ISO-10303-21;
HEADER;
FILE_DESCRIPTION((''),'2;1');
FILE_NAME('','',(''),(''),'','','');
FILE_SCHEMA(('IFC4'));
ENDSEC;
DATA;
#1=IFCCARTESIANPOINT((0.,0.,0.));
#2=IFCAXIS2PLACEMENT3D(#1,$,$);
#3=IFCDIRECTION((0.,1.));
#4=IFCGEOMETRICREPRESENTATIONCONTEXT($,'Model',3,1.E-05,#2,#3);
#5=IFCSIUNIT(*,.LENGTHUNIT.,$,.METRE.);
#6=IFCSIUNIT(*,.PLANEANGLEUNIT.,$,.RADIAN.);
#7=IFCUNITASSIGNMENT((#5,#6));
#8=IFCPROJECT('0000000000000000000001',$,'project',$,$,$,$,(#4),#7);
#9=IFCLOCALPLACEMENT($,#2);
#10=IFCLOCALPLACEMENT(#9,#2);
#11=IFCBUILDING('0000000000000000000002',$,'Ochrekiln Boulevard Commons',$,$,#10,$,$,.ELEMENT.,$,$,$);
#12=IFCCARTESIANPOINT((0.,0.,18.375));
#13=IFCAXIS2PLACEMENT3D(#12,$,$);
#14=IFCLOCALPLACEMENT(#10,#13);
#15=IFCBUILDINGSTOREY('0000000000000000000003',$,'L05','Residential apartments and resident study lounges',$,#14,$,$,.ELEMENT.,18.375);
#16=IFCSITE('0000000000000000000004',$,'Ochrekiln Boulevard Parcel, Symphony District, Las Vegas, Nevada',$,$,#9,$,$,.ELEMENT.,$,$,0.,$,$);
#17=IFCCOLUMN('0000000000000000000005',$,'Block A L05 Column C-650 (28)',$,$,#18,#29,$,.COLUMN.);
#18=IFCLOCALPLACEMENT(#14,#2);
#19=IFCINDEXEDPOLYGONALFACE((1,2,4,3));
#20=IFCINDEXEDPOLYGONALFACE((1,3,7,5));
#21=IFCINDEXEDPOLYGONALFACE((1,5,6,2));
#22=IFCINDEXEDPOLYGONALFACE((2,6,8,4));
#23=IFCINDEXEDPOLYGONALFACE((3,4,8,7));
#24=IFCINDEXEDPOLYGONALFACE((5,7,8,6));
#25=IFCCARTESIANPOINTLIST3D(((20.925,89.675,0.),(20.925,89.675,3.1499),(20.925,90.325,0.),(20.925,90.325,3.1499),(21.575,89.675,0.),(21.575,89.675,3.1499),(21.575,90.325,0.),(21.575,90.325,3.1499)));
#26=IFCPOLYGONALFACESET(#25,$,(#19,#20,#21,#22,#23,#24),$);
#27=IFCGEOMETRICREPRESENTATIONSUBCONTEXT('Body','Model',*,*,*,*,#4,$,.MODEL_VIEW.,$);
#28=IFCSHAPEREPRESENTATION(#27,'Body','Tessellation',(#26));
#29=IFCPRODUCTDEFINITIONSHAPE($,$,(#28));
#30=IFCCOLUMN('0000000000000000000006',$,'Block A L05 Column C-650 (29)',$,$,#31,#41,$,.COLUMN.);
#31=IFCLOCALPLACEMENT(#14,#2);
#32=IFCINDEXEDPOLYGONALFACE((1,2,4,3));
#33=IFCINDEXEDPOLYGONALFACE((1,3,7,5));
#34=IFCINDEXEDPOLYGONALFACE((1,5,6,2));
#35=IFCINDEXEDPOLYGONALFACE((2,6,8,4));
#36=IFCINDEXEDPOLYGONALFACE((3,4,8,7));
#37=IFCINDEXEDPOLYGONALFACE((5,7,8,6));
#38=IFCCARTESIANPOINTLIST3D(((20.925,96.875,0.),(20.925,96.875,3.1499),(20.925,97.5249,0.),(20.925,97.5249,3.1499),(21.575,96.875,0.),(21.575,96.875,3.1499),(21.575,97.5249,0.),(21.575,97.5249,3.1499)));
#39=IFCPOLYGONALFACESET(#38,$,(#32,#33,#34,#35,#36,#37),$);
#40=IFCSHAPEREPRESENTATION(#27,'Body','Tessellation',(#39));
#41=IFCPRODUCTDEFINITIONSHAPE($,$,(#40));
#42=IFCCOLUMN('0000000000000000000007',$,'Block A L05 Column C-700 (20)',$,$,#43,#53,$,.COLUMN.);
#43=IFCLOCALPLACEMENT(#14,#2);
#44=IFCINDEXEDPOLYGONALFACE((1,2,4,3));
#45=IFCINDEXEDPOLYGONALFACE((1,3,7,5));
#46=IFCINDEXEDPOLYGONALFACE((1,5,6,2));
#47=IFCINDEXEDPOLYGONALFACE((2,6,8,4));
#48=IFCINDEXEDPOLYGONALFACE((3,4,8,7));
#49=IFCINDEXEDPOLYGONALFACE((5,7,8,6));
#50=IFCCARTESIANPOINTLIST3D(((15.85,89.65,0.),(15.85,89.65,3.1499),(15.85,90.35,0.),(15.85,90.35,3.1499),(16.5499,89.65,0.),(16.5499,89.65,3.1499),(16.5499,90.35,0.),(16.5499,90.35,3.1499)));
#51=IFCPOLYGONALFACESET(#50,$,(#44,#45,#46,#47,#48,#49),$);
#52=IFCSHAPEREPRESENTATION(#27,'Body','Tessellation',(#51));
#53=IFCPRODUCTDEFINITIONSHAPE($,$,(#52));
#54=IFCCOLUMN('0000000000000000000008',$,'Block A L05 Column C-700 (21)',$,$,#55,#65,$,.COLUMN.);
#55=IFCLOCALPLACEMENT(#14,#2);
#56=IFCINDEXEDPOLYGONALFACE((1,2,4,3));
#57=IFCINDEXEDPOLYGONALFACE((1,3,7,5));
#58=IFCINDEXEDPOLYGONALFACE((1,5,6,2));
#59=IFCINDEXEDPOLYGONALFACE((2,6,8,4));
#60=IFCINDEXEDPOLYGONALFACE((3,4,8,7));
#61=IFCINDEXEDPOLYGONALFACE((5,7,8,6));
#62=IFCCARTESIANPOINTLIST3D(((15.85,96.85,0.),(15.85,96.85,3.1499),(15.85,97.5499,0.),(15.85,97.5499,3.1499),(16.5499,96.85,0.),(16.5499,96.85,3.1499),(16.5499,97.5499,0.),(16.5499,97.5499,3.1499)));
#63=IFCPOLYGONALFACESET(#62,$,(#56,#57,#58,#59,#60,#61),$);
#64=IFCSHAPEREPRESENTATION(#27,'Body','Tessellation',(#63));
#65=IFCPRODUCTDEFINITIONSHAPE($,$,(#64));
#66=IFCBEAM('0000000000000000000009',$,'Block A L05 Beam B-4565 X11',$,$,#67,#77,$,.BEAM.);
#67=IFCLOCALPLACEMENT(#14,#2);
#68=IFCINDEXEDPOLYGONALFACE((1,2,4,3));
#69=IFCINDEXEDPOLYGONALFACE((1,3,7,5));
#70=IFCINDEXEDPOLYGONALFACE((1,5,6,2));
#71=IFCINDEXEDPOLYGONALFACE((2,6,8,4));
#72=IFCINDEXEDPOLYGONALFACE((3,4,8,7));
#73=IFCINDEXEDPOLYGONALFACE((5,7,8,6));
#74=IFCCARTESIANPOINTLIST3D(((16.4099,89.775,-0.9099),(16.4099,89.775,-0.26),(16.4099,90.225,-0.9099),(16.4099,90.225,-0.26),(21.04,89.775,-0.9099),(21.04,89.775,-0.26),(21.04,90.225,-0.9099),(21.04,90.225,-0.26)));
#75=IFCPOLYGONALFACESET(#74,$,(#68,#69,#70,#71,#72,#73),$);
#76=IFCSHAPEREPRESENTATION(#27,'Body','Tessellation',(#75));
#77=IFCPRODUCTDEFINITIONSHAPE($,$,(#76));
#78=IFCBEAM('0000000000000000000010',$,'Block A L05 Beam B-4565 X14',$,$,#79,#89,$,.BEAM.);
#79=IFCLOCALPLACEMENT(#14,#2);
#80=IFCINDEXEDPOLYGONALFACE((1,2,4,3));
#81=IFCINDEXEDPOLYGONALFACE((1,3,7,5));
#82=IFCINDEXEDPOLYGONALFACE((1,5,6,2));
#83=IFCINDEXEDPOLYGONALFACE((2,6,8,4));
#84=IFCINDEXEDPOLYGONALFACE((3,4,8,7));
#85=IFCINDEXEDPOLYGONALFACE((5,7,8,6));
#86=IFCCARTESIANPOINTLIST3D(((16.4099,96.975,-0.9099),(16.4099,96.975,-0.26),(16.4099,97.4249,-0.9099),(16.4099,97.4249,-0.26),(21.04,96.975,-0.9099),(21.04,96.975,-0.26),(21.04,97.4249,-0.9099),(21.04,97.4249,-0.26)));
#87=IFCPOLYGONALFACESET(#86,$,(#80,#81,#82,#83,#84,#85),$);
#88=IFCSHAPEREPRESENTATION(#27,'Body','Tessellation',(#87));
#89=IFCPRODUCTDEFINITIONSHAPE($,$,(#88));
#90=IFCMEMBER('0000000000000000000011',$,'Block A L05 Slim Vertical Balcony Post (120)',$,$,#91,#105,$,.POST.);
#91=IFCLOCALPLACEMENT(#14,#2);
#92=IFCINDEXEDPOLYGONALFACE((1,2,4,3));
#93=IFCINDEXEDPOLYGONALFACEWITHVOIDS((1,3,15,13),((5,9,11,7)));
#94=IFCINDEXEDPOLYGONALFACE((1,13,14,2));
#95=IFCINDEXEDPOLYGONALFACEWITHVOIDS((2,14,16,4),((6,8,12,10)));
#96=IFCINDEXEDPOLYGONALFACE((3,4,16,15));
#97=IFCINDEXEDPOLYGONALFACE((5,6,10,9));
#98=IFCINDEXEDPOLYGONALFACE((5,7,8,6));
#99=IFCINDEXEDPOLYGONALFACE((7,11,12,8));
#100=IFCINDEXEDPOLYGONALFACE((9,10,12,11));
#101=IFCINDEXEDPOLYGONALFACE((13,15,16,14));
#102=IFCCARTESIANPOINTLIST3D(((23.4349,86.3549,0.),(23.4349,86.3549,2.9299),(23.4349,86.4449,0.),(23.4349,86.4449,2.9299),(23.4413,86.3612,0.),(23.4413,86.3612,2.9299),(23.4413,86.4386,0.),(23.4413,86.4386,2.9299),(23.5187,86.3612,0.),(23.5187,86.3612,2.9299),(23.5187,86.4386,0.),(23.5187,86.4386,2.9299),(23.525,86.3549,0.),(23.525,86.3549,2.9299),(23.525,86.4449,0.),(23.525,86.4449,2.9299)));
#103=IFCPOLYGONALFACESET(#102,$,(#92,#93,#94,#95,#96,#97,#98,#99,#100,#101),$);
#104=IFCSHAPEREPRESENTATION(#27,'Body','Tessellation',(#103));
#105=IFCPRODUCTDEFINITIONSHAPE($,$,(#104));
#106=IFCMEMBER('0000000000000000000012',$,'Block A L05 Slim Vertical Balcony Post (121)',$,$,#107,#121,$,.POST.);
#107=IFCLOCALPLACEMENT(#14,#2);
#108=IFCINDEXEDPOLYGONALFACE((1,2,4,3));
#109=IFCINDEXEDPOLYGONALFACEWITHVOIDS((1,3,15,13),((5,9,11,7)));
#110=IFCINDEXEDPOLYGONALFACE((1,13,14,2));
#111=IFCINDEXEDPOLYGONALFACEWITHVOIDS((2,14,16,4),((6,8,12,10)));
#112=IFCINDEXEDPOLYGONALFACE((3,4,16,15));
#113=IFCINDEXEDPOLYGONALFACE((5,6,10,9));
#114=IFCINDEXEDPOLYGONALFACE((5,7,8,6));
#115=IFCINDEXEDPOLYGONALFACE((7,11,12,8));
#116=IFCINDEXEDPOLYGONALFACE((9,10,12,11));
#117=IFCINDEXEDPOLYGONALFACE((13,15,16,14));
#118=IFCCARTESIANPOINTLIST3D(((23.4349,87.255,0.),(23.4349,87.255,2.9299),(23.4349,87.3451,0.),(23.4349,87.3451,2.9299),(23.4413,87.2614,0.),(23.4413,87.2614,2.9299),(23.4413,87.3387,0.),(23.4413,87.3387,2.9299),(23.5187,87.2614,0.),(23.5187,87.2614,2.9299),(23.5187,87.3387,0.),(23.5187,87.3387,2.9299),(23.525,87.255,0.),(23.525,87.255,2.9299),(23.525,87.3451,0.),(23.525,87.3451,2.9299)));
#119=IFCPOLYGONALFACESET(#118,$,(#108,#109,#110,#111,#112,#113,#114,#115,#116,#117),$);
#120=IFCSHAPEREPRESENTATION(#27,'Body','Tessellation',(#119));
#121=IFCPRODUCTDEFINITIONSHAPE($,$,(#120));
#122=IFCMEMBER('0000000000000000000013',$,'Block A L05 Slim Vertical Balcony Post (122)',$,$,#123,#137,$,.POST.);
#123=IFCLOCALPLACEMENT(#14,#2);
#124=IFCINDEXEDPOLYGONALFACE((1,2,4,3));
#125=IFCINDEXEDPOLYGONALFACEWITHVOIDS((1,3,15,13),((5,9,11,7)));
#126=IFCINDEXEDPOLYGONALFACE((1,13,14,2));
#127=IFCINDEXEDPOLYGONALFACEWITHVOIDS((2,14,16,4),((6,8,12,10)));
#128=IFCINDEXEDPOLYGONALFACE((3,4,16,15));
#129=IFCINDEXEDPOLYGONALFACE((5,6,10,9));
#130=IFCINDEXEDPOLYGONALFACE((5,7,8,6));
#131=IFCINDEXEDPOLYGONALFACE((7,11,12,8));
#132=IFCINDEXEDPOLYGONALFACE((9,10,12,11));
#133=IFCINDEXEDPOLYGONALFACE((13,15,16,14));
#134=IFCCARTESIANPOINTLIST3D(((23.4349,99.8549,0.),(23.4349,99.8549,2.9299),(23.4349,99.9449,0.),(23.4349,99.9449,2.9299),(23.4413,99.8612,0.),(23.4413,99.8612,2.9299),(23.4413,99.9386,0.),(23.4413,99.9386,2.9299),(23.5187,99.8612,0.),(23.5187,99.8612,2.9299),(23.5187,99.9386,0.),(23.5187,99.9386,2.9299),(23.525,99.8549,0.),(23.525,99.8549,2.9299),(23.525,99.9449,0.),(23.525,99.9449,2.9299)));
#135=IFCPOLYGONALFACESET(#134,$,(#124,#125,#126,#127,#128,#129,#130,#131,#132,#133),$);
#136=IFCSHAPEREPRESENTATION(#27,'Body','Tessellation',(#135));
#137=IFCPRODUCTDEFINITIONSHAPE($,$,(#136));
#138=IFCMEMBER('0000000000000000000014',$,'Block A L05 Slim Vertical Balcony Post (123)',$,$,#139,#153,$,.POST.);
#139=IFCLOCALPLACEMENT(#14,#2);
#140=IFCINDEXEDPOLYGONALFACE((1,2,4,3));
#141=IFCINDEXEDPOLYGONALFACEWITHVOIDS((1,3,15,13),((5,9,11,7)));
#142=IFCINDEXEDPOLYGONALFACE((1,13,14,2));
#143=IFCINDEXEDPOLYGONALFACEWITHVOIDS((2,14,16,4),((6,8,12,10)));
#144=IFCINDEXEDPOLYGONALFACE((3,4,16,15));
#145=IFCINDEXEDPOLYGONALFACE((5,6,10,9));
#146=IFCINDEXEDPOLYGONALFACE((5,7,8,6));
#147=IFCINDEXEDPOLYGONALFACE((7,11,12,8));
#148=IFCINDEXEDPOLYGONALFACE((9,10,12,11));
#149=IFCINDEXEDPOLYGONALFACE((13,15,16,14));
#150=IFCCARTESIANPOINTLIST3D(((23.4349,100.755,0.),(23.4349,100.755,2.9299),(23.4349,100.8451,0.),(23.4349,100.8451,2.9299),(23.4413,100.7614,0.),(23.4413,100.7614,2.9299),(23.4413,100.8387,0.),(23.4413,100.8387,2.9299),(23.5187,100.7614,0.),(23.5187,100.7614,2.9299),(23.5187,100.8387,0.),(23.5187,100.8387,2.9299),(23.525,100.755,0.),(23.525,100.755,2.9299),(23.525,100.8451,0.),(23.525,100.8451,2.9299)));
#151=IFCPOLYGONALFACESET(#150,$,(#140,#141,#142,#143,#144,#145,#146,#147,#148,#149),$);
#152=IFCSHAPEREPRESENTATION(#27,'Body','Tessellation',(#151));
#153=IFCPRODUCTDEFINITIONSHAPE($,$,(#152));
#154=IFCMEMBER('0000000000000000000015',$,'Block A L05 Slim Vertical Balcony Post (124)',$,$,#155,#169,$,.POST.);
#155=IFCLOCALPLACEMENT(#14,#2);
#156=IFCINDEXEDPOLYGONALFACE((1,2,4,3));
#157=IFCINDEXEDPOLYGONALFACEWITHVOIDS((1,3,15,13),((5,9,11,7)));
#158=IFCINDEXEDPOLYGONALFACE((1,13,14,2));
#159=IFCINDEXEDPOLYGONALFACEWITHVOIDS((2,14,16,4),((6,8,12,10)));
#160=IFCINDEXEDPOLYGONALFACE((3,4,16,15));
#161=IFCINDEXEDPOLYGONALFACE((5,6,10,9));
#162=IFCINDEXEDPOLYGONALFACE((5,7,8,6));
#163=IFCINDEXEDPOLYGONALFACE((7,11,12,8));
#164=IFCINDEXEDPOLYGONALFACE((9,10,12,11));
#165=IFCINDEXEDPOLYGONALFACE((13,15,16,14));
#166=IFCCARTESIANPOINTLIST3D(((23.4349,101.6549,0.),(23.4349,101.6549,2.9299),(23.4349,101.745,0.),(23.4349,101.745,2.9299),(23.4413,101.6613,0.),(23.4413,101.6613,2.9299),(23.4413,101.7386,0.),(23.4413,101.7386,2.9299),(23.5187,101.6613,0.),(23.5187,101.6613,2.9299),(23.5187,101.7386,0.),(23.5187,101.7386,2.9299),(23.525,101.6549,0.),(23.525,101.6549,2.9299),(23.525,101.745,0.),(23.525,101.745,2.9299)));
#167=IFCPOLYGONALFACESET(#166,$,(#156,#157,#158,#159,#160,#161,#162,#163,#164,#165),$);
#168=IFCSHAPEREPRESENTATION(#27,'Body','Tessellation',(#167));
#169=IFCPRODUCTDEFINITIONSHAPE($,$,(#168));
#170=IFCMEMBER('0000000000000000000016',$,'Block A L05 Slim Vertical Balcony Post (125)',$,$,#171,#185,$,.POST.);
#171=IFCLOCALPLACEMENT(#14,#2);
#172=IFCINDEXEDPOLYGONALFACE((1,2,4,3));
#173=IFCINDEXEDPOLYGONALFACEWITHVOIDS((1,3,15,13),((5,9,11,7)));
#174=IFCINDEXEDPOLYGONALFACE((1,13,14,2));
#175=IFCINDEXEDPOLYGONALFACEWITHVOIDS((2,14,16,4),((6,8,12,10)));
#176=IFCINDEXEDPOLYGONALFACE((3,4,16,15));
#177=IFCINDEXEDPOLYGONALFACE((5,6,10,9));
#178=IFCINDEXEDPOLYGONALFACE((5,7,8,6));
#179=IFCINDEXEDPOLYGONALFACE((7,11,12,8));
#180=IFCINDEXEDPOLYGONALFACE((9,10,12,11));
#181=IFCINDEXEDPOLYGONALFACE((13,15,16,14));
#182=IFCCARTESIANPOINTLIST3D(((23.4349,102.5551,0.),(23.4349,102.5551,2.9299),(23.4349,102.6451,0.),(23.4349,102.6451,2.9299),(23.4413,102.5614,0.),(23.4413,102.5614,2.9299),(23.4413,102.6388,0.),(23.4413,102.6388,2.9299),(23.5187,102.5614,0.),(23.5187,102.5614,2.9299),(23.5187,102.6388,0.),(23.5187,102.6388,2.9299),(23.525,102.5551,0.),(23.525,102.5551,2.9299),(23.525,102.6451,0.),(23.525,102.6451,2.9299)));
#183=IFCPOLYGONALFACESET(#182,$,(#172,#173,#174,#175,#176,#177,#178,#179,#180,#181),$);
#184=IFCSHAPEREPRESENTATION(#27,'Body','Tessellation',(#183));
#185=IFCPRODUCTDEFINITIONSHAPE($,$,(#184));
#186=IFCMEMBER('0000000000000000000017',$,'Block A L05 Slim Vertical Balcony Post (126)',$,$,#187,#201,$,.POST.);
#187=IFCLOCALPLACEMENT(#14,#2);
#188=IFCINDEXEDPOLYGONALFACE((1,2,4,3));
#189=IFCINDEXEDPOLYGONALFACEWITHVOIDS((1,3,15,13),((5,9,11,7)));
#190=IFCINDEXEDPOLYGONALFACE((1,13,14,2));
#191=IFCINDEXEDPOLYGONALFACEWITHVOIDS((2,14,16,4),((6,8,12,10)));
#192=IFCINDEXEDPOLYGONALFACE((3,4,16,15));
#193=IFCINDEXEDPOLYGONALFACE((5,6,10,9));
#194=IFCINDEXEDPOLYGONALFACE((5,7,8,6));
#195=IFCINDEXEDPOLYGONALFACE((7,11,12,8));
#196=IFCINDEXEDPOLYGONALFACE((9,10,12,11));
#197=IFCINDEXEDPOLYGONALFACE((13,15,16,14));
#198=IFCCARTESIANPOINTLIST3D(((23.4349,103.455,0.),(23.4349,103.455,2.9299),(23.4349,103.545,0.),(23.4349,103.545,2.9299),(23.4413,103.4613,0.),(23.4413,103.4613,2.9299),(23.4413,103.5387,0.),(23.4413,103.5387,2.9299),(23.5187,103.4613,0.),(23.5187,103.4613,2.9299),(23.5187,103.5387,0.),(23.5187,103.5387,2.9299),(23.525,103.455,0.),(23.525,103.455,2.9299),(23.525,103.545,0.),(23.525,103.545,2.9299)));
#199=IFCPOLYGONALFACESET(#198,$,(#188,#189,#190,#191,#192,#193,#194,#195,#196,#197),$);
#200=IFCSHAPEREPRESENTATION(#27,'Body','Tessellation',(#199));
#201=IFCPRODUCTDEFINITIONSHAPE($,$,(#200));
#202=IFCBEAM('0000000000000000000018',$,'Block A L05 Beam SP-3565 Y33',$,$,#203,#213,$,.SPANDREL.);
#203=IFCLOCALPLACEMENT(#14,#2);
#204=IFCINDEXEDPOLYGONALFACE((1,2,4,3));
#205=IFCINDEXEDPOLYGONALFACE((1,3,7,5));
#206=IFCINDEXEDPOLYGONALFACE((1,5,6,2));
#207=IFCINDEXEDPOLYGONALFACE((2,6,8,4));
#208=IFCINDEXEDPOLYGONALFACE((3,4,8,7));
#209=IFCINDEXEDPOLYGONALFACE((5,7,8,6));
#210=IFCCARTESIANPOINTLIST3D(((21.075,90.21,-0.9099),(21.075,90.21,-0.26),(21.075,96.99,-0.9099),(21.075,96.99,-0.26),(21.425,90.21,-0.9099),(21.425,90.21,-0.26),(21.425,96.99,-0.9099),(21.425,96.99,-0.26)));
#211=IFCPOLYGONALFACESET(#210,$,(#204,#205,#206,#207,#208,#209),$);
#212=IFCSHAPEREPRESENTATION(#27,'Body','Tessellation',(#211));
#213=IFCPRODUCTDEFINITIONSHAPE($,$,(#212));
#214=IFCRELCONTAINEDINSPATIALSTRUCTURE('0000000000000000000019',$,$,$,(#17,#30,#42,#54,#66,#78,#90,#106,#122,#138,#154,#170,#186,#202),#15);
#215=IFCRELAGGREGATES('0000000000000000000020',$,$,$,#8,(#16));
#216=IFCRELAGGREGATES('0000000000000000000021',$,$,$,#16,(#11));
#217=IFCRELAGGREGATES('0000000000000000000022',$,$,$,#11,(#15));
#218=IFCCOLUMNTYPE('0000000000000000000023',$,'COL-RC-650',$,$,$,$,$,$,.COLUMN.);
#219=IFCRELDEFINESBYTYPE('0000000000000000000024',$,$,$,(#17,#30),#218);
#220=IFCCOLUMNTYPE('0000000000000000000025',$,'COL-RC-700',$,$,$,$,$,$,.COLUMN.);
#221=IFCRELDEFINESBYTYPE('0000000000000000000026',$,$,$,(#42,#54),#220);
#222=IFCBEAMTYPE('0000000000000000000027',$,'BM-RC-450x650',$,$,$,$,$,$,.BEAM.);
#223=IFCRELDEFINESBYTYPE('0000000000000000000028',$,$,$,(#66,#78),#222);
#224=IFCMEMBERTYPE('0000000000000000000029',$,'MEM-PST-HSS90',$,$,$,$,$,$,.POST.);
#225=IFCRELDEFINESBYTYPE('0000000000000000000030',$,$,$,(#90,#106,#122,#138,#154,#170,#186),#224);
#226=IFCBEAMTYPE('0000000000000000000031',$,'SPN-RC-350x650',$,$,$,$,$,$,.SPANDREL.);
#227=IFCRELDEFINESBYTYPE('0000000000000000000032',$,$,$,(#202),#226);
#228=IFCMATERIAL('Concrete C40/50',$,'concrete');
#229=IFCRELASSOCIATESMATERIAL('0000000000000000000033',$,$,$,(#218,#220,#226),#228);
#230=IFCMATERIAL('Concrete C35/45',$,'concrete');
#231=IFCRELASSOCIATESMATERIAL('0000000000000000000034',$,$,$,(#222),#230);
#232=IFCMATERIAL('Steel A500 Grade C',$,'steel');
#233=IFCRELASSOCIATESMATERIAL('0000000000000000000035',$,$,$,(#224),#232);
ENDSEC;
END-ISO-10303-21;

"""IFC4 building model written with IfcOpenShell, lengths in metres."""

from ifc_helpers import new_model, si_unit, direction, frame, origin, origin_2d, place, context, subcontext, project, spatial, rectangle, hollow_rectangle, extrude, material, material_profile, profile_set, type_object, element, save


model = new_model("IFC4")

# Units and contexts
model_context = context("Model", 3, precision=1e-05, world=origin(), true_north=direction((0.0, 1.0)))
body_context = subcontext(model_context, "Body", "Model", "MODEL_VIEW")
ifc_project = project(units=[si_unit("LENGTHUNIT", "METRE"), si_unit("PLANEANGLEUNIT", "RADIAN")], contexts=[model_context])

# Site, building, storey
site_placement = place(None, origin())
site = spatial("IfcSite", under=ifc_project, at=site_placement, Name="Ochrekiln Boulevard Parcel, Symphony District, Las Vegas, Nevada", CompositionType="ELEMENT", RefElevation=0.0)
building_placement = place(site_placement, origin())
building = spatial("IfcBuilding", under=site, at=building_placement, Name="Ochrekiln Boulevard Commons", CompositionType="ELEMENT")
storey_placement = place(building_placement, frame((0.0, 0.0, 18.375)))
storey = spatial("IfcBuildingStorey", under=building, at=storey_placement, Name="L05", Description="Residential apartments and resident study lounges", CompositionType="ELEMENT", Elevation=18.375)

# Columns
ifc_material_1 = material(Name="Concrete C40/50", Category="concrete")
ifc_material_profile_1 = material_profile(ifc_material_1, rectangle(XDim=0.6499, YDim=0.6499, at=origin_2d()), Name="RC-COL-650x650")
ifc_profile_set_1 = profile_set([ifc_material_profile_1], Name="Concrete C40/50")
column_type_1 = type_object("IfcColumnType", Name="COL-RC-650", PredefinedType="COLUMN", material=ifc_profile_set_1)
for number, where, z_axis, x_axis, name in (
    (1, (21.25, 90.0, 0.0), (0.0, 0.0, 1.0), (1.0, 0.0, 0.0), "Block A L05 Column C-650 (28)"),
    (2, (21.25, 97.2, 0.0), (0.0, 0.0, 1.0), (1.0, 0.0, 0.0), "Block A L05 Column C-650 (29)"),
):
    element("IfcColumn", number, at=place(storey_placement, frame(where, z_axis=z_axis, x_axis=x_axis)), inside=storey, type_object=column_type_1, Name=name, PredefinedType="COLUMN", context=body_context, shape_type="SweptSolid", body=[
        extrude(rectangle(XDim=0.6499, YDim=0.6499, at=origin_2d()), origin(), (0.0, 0.0, 1.0), 3.1499),
    ])
ifc_material_profile_2 = material_profile(ifc_material_1, rectangle(XDim=0.7, YDim=0.7, at=origin_2d()), Name="RC-COL-700x700")
ifc_profile_set_2 = profile_set([ifc_material_profile_2], Name="Concrete C40/50")
column_type_2 = type_object("IfcColumnType", Name="COL-RC-700", PredefinedType="COLUMN", material=ifc_profile_set_2)
for number, where, z_axis, x_axis, name in (
    (3, (16.2, 90.0, 0.0), (0.0, 0.0, 1.0), (1.0, 0.0, 0.0), "Block A L05 Column C-700 (20)"),
    (4, (16.2, 97.2, 0.0), (0.0, 0.0, 1.0), (1.0, 0.0, 0.0), "Block A L05 Column C-700 (21)"),
):
    element("IfcColumn", number, at=place(storey_placement, frame(where, z_axis=z_axis, x_axis=x_axis)), inside=storey, type_object=column_type_2, Name=name, PredefinedType="COLUMN", context=body_context, shape_type="SweptSolid", body=[
        extrude(rectangle(XDim=0.7, YDim=0.7, at=origin_2d()), origin(), (0.0, 0.0, 1.0), 3.1499),
    ])

# Beams
ifc_material_2 = material(Name="Concrete C35/45", Category="concrete")
ifc_material_profile_3 = material_profile(ifc_material_2, rectangle(XDim=0.45, YDim=0.6499, at=origin_2d()), Name="RC-BM-450x650")
ifc_profile_set_3 = profile_set([ifc_material_profile_3], Name="Concrete C35/45")
beam_type_1 = type_object("IfcBeamType", Name="BM-RC-450x650", PredefinedType="BEAM", material=ifc_profile_set_3)
for number, where, z_axis, x_axis, name in (
    (5, (16.4099, 90.0, -0.585), (1.0, 0.0, 0.0), (0.0, 1.0, 0.0), "Block A L05 Beam B-4565 X11"),
    (6, (16.4099, 97.2, -0.585), (1.0, 0.0, 0.0), (0.0, 1.0, 0.0), "Block A L05 Beam B-4565 X14"),
):
    element("IfcBeam", number, at=place(storey_placement, frame(where, z_axis=z_axis, x_axis=x_axis)), inside=storey, type_object=beam_type_1, Name=name, PredefinedType="BEAM", context=body_context, shape_type="SweptSolid", body=[
        extrude(rectangle(XDim=0.45, YDim=0.6499, at=origin_2d()), origin(), (0.0, 0.0, 1.0), 4.6301),
    ])

# Members
ifc_material_3 = material(Name="Steel A500 Grade C", Category="steel")
ifc_material_profile_4 = material_profile(ifc_material_3, hollow_rectangle(XDim=0.0901, YDim=0.0901, WallThickness=0.0063, at=origin_2d()), Name="HSS90X90X6.4")
ifc_profile_set_4 = profile_set([ifc_material_profile_4], Name="Steel A500 Grade C")
member_type = type_object("IfcMemberType", Name="MEM-PST-HSS90", PredefinedType="POST", material=ifc_profile_set_4)
for number, where, z_axis, x_axis, name in (
    (7, (23.48, 86.3999, 0.0), (0.0, 0.0, 1.0), (1.0, 0.0, 0.0), "Block A L05 Slim Vertical Balcony Post (120)"),
    (8, (23.48, 87.3, 0.0), (0.0, 0.0, 1.0), (1.0, 0.0, 0.0), "Block A L05 Slim Vertical Balcony Post (121)"),
    (9, (23.48, 99.8999, 0.0), (0.0, 0.0, 1.0), (1.0, 0.0, 0.0), "Block A L05 Slim Vertical Balcony Post (122)"),
    (10, (23.48, 100.8, 0.0), (0.0, 0.0, 1.0), (1.0, 0.0, 0.0), "Block A L05 Slim Vertical Balcony Post (123)"),
    (11, (23.48, 101.7, 0.0), (0.0, 0.0, 1.0), (1.0, 0.0, 0.0), "Block A L05 Slim Vertical Balcony Post (124)"),
    (12, (23.48, 102.6001, 0.0), (0.0, 0.0, 1.0), (1.0, 0.0, 0.0), "Block A L05 Slim Vertical Balcony Post (125)"),
    (13, (23.48, 103.5, 0.0), (0.0, 0.0, 1.0), (1.0, 0.0, 0.0), "Block A L05 Slim Vertical Balcony Post (126)"),
):
    element("IfcMember", number, at=place(storey_placement, frame(where, z_axis=z_axis, x_axis=x_axis)), inside=storey, type_object=member_type, Name=name, PredefinedType="POST", context=body_context, shape_type="SweptSolid", body=[
        extrude(hollow_rectangle(XDim=0.0901, YDim=0.0901, WallThickness=0.0063, at=origin_2d()), origin(), (0.0, 0.0, 1.0), 2.9299),
    ])

# Beam
ifc_material_profile_5 = material_profile(ifc_material_1, rectangle(XDim=0.3501, YDim=0.6499, at=origin_2d()), Name="RC-SPN-350x650")
ifc_profile_set_5 = profile_set([ifc_material_profile_5], Name="Concrete C40/50")
beam_type_2 = type_object("IfcBeamType", Name="SPN-RC-350x650", PredefinedType="SPANDREL", material=ifc_profile_set_5)
for number, where, z_axis, x_axis, name in (
    (14, (21.25, 90.21, -0.585), (0.0, 1.0, 0.0), (-1.0, 0.0, 0.0), "Block A L05 Beam SP-3565 Y33"),
):
    element("IfcBeam", number, at=place(storey_placement, frame(where, z_axis=z_axis, x_axis=x_axis)), inside=storey, type_object=beam_type_2, Name=name, PredefinedType="SPANDREL", context=body_context, shape_type="SweptSolid", body=[
        extrude(rectangle(XDim=0.3501, YDim=0.6499, at=origin_2d()), origin(), (0.0, 0.0, 1.0), 6.78),
    ])

save(model, "model.ifc")
